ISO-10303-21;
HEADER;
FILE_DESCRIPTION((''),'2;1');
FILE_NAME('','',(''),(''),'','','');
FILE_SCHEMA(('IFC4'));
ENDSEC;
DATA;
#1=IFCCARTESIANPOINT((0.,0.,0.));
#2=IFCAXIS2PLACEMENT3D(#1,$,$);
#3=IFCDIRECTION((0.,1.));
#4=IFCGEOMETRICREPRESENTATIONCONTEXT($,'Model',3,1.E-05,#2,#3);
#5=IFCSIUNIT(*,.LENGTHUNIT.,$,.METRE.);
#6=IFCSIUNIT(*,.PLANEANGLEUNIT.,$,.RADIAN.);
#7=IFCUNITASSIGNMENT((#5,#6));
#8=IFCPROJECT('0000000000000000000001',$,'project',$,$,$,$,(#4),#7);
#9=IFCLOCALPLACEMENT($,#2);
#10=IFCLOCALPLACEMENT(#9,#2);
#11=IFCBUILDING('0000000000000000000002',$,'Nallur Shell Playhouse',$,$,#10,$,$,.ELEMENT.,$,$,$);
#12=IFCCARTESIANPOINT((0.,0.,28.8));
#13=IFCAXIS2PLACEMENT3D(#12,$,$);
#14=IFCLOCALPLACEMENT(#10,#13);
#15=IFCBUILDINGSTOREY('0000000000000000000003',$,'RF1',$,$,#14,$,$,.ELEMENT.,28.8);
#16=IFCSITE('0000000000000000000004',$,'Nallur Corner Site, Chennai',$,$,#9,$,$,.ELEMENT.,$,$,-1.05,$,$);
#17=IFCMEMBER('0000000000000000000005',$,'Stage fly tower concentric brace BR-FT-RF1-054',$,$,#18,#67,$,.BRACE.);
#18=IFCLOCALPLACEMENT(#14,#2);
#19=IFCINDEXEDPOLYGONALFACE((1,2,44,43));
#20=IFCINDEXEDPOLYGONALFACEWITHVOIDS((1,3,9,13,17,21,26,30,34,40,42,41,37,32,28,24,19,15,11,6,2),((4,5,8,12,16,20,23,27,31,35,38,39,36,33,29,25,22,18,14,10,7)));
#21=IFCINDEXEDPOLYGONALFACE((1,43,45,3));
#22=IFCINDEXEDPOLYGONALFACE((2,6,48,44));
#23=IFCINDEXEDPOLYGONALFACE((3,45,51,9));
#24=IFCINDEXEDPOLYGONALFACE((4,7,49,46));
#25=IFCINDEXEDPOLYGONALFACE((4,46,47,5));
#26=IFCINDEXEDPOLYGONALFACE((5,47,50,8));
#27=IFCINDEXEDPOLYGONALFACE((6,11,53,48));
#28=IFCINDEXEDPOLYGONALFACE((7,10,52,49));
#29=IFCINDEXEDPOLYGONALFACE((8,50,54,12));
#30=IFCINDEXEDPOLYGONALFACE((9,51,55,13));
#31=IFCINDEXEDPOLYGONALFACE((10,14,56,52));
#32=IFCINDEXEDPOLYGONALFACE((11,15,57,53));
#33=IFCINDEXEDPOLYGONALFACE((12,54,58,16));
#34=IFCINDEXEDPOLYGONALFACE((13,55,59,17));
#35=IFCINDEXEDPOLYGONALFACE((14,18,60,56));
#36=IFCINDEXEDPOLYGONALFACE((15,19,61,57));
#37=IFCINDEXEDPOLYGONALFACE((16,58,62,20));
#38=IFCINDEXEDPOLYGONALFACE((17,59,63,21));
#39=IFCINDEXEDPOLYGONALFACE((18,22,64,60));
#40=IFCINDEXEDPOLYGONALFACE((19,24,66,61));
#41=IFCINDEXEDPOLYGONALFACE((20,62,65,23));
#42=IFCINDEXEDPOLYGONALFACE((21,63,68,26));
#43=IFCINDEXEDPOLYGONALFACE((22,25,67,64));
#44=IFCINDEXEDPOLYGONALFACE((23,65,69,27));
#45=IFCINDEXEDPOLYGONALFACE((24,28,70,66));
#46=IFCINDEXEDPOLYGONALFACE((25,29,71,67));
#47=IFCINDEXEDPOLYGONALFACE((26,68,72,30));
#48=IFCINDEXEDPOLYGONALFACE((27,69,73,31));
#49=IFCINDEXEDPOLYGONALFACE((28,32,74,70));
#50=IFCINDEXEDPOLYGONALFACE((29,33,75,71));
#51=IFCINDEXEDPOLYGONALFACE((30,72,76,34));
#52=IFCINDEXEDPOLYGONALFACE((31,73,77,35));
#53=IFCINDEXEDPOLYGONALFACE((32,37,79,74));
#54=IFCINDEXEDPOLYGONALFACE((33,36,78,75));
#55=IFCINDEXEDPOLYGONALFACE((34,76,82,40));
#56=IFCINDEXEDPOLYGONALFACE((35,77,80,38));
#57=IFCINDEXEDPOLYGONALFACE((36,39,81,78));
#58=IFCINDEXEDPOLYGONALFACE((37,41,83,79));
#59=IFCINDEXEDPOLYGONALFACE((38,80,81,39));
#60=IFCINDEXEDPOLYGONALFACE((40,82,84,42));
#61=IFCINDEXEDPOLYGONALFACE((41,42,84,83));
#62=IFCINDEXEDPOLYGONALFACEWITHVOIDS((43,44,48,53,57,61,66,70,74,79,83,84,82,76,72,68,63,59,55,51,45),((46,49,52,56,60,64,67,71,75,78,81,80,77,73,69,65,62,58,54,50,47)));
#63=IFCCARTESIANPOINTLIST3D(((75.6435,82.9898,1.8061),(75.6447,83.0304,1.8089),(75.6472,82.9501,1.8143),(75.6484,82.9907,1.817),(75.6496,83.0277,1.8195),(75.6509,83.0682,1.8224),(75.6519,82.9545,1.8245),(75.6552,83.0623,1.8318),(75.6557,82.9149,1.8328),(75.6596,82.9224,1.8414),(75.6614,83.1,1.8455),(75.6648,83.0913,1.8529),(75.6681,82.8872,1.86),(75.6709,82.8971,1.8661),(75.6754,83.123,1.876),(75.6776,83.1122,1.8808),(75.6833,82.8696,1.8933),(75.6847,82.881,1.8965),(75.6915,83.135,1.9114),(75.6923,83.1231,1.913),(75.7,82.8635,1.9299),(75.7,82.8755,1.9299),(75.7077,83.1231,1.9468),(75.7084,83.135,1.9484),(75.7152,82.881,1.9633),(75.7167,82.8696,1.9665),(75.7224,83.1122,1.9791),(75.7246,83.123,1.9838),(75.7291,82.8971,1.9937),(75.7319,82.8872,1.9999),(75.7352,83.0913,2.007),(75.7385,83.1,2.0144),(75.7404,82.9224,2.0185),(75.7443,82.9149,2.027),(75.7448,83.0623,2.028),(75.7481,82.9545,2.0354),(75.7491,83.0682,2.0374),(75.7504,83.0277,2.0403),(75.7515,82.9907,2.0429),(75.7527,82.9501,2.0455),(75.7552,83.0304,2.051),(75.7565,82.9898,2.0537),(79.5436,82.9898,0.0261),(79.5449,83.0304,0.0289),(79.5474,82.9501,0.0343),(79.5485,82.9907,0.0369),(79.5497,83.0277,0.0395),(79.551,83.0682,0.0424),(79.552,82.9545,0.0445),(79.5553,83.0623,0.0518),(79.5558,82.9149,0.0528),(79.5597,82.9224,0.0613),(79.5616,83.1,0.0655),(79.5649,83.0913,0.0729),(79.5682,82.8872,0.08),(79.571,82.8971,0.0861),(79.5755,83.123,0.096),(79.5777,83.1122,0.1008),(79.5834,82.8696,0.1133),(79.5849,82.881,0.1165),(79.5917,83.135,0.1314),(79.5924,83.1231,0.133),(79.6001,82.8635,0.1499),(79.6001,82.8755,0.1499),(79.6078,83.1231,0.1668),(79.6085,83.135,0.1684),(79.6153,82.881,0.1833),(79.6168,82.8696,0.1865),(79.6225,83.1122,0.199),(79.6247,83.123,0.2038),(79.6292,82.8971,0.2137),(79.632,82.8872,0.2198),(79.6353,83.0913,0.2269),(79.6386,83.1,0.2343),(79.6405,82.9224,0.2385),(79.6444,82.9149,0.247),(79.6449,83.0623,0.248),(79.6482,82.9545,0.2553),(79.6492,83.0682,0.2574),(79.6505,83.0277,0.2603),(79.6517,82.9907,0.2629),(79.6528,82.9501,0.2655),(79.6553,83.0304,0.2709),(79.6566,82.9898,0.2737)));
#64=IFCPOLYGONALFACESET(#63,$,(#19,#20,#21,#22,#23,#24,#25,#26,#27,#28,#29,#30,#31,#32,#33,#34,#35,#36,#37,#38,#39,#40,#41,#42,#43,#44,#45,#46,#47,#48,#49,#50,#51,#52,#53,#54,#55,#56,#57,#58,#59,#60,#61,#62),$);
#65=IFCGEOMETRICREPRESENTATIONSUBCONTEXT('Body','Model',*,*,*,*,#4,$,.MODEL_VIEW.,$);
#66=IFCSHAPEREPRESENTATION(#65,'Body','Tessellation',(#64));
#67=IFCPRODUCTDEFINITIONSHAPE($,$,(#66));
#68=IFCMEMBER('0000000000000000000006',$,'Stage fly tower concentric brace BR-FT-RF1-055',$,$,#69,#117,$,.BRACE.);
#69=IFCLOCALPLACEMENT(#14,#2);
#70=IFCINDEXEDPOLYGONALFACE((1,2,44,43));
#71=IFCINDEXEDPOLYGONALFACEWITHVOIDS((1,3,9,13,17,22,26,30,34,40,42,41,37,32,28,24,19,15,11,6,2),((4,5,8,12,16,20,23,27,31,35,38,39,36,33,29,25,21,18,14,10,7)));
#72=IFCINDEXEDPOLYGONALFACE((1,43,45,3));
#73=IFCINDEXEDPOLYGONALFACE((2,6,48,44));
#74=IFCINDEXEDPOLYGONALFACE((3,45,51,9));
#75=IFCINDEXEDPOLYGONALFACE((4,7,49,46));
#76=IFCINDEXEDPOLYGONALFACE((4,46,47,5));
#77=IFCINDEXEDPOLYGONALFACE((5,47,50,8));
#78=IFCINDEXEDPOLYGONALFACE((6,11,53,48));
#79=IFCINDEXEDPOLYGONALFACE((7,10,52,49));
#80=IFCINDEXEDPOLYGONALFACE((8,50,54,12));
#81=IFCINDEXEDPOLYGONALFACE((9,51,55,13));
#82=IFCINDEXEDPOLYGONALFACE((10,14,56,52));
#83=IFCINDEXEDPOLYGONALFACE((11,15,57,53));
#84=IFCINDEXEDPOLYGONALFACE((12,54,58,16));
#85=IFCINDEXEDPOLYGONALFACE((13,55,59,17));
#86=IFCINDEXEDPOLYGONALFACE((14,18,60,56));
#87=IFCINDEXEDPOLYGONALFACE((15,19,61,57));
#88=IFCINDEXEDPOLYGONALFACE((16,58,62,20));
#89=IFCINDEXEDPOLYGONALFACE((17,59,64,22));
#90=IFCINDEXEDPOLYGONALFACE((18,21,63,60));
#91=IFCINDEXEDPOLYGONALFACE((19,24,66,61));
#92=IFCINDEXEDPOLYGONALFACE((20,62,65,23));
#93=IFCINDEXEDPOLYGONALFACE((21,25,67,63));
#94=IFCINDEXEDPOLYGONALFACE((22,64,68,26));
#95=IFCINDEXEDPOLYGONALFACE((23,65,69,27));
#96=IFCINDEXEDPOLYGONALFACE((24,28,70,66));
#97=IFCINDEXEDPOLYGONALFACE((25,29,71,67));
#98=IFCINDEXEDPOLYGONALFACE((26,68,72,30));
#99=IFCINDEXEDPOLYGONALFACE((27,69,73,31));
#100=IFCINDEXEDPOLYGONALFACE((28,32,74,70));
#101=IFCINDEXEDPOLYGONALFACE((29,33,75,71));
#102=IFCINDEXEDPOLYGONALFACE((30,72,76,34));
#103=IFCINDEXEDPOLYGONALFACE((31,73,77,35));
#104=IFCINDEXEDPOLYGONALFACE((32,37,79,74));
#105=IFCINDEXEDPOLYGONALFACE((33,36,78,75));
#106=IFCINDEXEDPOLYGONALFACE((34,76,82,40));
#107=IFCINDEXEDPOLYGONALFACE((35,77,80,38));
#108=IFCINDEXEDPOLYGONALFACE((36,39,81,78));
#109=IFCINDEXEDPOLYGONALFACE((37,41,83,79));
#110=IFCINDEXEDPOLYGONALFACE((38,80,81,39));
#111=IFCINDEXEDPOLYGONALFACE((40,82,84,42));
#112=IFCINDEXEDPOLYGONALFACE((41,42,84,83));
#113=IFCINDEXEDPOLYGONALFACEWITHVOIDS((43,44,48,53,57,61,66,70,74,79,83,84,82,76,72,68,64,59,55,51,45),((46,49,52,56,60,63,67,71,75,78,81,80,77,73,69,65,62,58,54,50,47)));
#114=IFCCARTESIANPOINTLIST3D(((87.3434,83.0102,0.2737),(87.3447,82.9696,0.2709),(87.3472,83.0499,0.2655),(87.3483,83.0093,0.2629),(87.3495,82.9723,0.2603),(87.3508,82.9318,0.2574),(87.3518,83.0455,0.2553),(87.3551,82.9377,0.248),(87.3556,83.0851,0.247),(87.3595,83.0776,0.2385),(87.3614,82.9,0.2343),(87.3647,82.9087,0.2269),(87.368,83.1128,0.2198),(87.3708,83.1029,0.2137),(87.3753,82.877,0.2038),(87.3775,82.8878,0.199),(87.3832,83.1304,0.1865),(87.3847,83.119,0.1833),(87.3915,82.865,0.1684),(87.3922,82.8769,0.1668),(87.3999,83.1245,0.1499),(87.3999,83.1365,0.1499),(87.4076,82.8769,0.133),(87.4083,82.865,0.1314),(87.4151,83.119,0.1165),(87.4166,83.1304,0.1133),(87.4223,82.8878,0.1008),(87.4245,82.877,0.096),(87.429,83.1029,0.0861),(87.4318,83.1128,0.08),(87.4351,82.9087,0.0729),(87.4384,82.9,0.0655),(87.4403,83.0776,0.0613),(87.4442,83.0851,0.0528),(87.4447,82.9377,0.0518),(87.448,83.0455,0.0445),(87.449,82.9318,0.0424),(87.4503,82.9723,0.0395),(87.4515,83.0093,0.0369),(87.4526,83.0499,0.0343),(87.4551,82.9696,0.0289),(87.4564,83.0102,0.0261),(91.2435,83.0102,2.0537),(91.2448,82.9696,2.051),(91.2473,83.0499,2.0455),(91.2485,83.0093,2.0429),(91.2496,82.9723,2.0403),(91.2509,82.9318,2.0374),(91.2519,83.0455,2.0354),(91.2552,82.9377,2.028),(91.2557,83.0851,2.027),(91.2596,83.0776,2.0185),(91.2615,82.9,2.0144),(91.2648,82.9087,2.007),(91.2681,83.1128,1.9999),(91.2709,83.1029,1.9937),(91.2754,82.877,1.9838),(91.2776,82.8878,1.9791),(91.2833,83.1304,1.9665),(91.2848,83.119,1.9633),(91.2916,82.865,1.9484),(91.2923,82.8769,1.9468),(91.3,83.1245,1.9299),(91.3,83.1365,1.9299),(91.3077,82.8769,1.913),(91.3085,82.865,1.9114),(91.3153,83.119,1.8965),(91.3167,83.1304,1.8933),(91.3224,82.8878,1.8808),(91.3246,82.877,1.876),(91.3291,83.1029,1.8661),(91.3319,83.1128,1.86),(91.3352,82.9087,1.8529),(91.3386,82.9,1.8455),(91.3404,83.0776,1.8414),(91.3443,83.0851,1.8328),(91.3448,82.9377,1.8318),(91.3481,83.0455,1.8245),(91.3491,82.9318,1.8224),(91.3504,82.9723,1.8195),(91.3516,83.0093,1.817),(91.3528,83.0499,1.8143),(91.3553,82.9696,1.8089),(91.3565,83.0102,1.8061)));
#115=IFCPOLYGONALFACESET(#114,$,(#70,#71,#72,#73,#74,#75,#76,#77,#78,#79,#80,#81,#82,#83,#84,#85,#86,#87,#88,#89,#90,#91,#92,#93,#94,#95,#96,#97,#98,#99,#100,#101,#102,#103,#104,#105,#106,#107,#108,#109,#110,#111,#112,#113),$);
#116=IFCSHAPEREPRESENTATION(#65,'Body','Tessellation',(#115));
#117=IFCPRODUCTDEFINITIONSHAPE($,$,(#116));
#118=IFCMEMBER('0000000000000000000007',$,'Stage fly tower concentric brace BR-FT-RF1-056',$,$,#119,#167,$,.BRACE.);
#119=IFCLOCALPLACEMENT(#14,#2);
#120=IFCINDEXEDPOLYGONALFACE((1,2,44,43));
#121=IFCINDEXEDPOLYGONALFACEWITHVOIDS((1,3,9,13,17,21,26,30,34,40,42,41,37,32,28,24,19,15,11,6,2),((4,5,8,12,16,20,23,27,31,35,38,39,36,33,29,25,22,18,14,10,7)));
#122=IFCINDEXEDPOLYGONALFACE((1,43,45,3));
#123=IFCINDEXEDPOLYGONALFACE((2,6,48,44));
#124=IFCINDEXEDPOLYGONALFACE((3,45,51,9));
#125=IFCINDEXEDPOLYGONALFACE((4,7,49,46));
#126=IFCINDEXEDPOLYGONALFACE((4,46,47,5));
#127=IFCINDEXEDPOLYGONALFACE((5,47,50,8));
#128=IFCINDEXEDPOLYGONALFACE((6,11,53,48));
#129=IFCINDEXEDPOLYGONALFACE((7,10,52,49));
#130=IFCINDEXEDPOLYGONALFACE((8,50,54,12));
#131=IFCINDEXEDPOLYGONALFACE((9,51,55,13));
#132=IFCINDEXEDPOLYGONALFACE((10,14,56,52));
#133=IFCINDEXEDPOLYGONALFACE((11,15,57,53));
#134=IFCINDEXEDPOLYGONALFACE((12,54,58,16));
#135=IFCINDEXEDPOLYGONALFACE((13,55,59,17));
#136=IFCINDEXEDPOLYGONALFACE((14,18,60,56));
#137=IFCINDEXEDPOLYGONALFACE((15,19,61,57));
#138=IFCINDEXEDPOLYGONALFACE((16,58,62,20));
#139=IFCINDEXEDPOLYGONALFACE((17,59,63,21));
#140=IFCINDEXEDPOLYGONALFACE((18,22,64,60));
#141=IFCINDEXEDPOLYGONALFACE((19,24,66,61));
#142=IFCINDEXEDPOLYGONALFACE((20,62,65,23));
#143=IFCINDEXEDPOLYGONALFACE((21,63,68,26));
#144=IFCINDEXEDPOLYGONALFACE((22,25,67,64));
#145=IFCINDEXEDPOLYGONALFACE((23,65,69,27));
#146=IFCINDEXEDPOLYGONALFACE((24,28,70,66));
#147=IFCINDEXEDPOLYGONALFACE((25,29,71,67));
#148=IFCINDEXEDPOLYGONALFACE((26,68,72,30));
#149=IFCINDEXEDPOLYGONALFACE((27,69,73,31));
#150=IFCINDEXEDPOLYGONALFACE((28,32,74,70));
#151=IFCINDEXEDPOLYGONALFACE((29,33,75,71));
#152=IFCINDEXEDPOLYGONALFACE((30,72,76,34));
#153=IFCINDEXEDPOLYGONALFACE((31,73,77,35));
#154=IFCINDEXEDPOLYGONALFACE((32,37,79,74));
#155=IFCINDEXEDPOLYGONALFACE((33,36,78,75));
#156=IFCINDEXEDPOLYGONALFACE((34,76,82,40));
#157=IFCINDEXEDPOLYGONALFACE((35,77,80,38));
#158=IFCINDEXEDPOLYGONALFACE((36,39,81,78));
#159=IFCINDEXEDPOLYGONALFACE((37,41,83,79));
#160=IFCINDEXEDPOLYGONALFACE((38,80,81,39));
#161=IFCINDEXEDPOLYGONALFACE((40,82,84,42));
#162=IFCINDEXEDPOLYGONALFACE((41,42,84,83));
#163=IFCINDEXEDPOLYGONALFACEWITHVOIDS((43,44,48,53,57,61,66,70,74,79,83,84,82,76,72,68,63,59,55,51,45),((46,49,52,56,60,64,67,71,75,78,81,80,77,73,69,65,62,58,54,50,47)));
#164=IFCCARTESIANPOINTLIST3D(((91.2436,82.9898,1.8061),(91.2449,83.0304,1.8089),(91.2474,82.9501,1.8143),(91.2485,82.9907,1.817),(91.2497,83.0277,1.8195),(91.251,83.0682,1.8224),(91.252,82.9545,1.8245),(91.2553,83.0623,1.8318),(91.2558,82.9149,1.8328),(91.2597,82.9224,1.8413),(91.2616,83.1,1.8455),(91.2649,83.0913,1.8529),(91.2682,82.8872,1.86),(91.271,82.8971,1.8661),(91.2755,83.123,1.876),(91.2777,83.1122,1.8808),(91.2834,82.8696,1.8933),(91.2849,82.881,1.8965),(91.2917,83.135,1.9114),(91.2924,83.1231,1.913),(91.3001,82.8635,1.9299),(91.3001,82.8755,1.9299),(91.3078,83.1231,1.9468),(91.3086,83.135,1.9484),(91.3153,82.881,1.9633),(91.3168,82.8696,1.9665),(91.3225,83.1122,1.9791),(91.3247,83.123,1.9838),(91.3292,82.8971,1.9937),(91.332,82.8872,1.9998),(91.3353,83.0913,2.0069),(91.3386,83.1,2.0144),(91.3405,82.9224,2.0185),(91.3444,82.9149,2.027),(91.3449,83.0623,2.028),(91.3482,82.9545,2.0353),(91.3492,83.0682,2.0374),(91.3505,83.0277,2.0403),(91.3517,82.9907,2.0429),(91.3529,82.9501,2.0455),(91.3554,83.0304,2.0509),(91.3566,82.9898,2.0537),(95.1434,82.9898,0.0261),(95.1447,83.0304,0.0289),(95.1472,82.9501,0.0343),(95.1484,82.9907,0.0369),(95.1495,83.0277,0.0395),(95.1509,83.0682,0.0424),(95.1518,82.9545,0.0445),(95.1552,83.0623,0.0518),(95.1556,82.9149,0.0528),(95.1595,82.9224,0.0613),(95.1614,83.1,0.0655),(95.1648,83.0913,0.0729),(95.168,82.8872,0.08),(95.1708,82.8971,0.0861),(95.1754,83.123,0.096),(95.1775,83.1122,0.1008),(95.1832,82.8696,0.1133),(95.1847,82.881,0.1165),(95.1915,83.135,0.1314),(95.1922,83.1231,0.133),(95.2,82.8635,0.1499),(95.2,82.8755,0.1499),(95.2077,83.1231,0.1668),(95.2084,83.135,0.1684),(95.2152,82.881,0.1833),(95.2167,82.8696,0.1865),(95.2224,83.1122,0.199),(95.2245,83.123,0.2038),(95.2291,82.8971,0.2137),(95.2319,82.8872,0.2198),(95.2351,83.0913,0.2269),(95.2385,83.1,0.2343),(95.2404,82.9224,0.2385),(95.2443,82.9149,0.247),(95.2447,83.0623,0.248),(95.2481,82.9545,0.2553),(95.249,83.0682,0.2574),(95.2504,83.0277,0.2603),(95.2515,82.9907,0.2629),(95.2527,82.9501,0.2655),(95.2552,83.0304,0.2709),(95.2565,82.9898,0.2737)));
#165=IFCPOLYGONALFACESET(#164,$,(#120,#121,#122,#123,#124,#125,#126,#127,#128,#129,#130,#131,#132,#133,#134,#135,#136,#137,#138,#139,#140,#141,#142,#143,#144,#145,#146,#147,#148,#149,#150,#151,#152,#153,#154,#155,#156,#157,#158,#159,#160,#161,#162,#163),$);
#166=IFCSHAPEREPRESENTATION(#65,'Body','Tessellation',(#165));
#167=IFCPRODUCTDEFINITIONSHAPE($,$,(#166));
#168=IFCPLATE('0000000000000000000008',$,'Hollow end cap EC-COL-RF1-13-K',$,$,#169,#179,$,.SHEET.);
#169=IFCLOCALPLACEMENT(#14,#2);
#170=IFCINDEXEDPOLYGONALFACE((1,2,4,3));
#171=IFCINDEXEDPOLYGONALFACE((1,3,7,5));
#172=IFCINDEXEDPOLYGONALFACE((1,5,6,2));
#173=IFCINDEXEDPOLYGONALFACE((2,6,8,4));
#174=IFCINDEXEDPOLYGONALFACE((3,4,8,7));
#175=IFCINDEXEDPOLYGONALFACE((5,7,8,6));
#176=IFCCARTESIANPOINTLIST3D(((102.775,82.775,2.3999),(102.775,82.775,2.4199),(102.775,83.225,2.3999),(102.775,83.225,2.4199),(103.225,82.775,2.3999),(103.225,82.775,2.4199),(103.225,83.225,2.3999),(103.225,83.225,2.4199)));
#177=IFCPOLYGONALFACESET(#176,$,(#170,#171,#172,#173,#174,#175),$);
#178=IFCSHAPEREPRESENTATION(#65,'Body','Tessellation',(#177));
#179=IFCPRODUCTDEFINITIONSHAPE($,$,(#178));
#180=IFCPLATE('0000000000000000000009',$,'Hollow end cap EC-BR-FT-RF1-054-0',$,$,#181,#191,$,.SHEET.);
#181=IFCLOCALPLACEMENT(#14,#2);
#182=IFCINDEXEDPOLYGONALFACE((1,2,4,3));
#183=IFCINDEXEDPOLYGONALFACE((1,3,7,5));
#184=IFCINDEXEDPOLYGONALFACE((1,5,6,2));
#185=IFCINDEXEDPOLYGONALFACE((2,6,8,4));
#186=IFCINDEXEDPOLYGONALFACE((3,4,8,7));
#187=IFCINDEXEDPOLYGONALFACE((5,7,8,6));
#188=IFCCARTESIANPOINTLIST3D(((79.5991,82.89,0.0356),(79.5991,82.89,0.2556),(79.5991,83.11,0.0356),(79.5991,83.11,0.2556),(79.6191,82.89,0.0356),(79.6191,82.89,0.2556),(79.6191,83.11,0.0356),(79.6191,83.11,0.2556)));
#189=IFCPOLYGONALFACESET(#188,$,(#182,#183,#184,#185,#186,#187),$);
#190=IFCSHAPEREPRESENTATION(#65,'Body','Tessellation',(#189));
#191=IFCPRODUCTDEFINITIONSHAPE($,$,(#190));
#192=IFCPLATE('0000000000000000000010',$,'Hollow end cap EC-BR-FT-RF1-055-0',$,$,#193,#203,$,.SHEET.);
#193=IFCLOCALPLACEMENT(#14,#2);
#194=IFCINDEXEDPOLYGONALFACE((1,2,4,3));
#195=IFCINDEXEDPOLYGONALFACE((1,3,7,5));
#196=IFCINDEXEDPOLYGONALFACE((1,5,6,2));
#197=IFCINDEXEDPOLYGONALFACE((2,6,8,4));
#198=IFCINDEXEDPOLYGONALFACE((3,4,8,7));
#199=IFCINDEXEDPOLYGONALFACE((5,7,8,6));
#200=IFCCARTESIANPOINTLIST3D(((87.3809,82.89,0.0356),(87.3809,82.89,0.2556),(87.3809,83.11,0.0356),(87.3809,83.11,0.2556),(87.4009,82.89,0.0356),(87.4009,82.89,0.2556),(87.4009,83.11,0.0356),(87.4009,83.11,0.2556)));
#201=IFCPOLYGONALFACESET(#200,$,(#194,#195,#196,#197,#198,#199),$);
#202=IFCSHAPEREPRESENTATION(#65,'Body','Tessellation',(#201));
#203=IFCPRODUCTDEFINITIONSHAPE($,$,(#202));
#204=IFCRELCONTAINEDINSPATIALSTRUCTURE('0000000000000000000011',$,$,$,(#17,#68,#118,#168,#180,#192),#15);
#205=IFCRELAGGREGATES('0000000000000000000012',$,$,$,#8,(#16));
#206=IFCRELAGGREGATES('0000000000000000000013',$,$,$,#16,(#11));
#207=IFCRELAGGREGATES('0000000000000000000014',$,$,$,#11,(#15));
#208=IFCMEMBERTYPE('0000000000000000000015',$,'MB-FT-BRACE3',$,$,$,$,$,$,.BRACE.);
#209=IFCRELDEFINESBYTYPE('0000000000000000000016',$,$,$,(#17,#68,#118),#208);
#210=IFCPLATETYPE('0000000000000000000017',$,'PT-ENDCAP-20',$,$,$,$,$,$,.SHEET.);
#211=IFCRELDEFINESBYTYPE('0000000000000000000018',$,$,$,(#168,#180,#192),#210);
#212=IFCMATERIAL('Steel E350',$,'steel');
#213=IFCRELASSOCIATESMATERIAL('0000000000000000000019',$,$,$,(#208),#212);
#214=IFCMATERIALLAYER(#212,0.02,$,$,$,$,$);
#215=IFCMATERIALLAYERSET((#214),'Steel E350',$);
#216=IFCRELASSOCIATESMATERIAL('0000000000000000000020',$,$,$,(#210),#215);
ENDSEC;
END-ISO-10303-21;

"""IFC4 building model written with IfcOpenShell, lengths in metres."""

from ifc_helpers import new_model, si_unit, direction, frame, origin, origin_2d, place, context, subcontext, project, spatial, rectangle, hollow_circle, extrude, material, layer, layer_set, material_profile, profile_set, type_object, element, save


model = new_model("IFC4")

# Units and contexts
model_context = context("Model", 3, precision=1e-05, world=origin(), true_north=direction((0.0, 1.0)))
body_context = subcontext(model_context, "Body", "Model", "MODEL_VIEW")
ifc_project = project(units=[si_unit("LENGTHUNIT", "METRE"), si_unit("PLANEANGLEUNIT", "RADIAN")], contexts=[model_context])

# Site, building, storey
site_placement = place(None, origin())
site = spatial("IfcSite", under=ifc_project, at=site_placement, Name="Nallur Corner Site, Chennai", CompositionType="ELEMENT", RefElevation=-1.05)
building_placement = place(site_placement, origin())
building = spatial("IfcBuilding", under=site, at=building_placement, Name="Nallur Shell Playhouse", CompositionType="ELEMENT")
storey_placement = place(building_placement, frame((0.0, 0.0, 28.8)))
storey = spatial("IfcBuildingStorey", under=building, at=storey_placement, Name="RF1", CompositionType="ELEMENT", Elevation=28.8)

# Shared definitions
ifc_material_1 = material(Name="Steel E350", Category="steel")

# Members
ifc_material_profile_1 = material_profile(ifc_material_1, hollow_circle(Radius=0.1365, WallThickness=0.012, at=origin_2d()), Name="CHS 273.0x12")
ifc_profile_set_1 = profile_set([ifc_material_profile_1], Name="Steel E350")
member_type = type_object("IfcMemberType", Name="MB-FT-BRACE3", PredefinedType="BRACE", material=ifc_profile_set_1)
for number, where, z_axis, x_axis, name in (
    (1, (79.6001, 83.0, 0.1499), (-0.90973, 0.0, 0.415201), (0.0, -1.0, 0.0), "Stage fly tower concentric brace BR-FT-RF1-054"),
    (2, (87.3999, 83.0, 0.1499), (0.90973, 0.0, 0.415201), (0.0, 1.0, 0.0), "Stage fly tower concentric brace BR-FT-RF1-055"),
):
    element("IfcMember", number, at=place(storey_placement, frame(where, z_axis=z_axis, x_axis=x_axis)), inside=storey, type_object=member_type, Name=name, PredefinedType="BRACE", context=body_context, shape_type="SweptSolid", body=[
        extrude(hollow_circle(Radius=0.1365, WallThickness=0.012, at=origin_2d()), origin(), (0.0, 0.0, 1.0), 4.2871),
    ])
member_placement = place(storey_placement, frame((95.2, 83.0, 0.1499), z_axis=(-0.90972, 0.0, 0.415223), x_axis=(0.0, -1.0, 0.0)))
element("IfcMember", 3, at=member_placement, inside=storey, type_object=member_type, Name="Stage fly tower concentric brace BR-FT-RF1-056", PredefinedType="BRACE", context=body_context, shape_type="SweptSolid", body=[
    extrude(hollow_circle(Radius=0.1365, WallThickness=0.012, at=origin_2d()), origin(), (0.0, 0.0, 1.0), 4.2869),
])

# Plates
ifc_layer_1 = layer(ifc_material_1, 0.02)
ifc_layer_set_1 = layer_set([ifc_layer_1], Name="Steel E350")
plate_type_1 = type_object("IfcPlateType", Name="PT-ENDCAP-20", PredefinedType="SHEET", material=ifc_layer_set_1)
plate_1_placement = place(storey_placement, frame((103.0, 83.0, 2.3999), z_axis=(0.0, 0.0, 1.0), x_axis=(1.0, 0.0, 0.0)))
element("IfcPlate", 4, at=plate_1_placement, inside=storey, type_object=plate_type_1, Name="Hollow end cap EC-COL-RF1-13-K", PredefinedType="SHEET", context=body_context, shape_type="SweptSolid", body=[
    extrude(rectangle(XDim=0.45, YDim=0.45, at=origin_2d()), origin(), (0.0, 0.0, 1.0), 0.02),
])
for number, where, z_axis, x_axis, name in (
    (5, (79.6091, 83.0, 0.0356), (0.0, 0.0, 1.0), (1.0, 0.0, 0.0), "Hollow end cap EC-BR-FT-RF1-054-0"),
    (6, (87.3909, 83.0, 0.0356), (0.0, 0.0, 1.0), (1.0, 0.0, 0.0), "Hollow end cap EC-BR-FT-RF1-055-0"),
):
    element("IfcPlate", number, at=place(storey_placement, frame(where, z_axis=z_axis, x_axis=x_axis)), inside=storey, type_object=plate_type_1, Name=name, PredefinedType="SHEET", context=body_context, shape_type="SweptSolid", body=[
        extrude(rectangle(XDim=0.02, YDim=0.22, at=origin_2d()), origin(), (0.0, 0.0, 1.0), 0.22),
    ])

save(model, "model.ifc")
